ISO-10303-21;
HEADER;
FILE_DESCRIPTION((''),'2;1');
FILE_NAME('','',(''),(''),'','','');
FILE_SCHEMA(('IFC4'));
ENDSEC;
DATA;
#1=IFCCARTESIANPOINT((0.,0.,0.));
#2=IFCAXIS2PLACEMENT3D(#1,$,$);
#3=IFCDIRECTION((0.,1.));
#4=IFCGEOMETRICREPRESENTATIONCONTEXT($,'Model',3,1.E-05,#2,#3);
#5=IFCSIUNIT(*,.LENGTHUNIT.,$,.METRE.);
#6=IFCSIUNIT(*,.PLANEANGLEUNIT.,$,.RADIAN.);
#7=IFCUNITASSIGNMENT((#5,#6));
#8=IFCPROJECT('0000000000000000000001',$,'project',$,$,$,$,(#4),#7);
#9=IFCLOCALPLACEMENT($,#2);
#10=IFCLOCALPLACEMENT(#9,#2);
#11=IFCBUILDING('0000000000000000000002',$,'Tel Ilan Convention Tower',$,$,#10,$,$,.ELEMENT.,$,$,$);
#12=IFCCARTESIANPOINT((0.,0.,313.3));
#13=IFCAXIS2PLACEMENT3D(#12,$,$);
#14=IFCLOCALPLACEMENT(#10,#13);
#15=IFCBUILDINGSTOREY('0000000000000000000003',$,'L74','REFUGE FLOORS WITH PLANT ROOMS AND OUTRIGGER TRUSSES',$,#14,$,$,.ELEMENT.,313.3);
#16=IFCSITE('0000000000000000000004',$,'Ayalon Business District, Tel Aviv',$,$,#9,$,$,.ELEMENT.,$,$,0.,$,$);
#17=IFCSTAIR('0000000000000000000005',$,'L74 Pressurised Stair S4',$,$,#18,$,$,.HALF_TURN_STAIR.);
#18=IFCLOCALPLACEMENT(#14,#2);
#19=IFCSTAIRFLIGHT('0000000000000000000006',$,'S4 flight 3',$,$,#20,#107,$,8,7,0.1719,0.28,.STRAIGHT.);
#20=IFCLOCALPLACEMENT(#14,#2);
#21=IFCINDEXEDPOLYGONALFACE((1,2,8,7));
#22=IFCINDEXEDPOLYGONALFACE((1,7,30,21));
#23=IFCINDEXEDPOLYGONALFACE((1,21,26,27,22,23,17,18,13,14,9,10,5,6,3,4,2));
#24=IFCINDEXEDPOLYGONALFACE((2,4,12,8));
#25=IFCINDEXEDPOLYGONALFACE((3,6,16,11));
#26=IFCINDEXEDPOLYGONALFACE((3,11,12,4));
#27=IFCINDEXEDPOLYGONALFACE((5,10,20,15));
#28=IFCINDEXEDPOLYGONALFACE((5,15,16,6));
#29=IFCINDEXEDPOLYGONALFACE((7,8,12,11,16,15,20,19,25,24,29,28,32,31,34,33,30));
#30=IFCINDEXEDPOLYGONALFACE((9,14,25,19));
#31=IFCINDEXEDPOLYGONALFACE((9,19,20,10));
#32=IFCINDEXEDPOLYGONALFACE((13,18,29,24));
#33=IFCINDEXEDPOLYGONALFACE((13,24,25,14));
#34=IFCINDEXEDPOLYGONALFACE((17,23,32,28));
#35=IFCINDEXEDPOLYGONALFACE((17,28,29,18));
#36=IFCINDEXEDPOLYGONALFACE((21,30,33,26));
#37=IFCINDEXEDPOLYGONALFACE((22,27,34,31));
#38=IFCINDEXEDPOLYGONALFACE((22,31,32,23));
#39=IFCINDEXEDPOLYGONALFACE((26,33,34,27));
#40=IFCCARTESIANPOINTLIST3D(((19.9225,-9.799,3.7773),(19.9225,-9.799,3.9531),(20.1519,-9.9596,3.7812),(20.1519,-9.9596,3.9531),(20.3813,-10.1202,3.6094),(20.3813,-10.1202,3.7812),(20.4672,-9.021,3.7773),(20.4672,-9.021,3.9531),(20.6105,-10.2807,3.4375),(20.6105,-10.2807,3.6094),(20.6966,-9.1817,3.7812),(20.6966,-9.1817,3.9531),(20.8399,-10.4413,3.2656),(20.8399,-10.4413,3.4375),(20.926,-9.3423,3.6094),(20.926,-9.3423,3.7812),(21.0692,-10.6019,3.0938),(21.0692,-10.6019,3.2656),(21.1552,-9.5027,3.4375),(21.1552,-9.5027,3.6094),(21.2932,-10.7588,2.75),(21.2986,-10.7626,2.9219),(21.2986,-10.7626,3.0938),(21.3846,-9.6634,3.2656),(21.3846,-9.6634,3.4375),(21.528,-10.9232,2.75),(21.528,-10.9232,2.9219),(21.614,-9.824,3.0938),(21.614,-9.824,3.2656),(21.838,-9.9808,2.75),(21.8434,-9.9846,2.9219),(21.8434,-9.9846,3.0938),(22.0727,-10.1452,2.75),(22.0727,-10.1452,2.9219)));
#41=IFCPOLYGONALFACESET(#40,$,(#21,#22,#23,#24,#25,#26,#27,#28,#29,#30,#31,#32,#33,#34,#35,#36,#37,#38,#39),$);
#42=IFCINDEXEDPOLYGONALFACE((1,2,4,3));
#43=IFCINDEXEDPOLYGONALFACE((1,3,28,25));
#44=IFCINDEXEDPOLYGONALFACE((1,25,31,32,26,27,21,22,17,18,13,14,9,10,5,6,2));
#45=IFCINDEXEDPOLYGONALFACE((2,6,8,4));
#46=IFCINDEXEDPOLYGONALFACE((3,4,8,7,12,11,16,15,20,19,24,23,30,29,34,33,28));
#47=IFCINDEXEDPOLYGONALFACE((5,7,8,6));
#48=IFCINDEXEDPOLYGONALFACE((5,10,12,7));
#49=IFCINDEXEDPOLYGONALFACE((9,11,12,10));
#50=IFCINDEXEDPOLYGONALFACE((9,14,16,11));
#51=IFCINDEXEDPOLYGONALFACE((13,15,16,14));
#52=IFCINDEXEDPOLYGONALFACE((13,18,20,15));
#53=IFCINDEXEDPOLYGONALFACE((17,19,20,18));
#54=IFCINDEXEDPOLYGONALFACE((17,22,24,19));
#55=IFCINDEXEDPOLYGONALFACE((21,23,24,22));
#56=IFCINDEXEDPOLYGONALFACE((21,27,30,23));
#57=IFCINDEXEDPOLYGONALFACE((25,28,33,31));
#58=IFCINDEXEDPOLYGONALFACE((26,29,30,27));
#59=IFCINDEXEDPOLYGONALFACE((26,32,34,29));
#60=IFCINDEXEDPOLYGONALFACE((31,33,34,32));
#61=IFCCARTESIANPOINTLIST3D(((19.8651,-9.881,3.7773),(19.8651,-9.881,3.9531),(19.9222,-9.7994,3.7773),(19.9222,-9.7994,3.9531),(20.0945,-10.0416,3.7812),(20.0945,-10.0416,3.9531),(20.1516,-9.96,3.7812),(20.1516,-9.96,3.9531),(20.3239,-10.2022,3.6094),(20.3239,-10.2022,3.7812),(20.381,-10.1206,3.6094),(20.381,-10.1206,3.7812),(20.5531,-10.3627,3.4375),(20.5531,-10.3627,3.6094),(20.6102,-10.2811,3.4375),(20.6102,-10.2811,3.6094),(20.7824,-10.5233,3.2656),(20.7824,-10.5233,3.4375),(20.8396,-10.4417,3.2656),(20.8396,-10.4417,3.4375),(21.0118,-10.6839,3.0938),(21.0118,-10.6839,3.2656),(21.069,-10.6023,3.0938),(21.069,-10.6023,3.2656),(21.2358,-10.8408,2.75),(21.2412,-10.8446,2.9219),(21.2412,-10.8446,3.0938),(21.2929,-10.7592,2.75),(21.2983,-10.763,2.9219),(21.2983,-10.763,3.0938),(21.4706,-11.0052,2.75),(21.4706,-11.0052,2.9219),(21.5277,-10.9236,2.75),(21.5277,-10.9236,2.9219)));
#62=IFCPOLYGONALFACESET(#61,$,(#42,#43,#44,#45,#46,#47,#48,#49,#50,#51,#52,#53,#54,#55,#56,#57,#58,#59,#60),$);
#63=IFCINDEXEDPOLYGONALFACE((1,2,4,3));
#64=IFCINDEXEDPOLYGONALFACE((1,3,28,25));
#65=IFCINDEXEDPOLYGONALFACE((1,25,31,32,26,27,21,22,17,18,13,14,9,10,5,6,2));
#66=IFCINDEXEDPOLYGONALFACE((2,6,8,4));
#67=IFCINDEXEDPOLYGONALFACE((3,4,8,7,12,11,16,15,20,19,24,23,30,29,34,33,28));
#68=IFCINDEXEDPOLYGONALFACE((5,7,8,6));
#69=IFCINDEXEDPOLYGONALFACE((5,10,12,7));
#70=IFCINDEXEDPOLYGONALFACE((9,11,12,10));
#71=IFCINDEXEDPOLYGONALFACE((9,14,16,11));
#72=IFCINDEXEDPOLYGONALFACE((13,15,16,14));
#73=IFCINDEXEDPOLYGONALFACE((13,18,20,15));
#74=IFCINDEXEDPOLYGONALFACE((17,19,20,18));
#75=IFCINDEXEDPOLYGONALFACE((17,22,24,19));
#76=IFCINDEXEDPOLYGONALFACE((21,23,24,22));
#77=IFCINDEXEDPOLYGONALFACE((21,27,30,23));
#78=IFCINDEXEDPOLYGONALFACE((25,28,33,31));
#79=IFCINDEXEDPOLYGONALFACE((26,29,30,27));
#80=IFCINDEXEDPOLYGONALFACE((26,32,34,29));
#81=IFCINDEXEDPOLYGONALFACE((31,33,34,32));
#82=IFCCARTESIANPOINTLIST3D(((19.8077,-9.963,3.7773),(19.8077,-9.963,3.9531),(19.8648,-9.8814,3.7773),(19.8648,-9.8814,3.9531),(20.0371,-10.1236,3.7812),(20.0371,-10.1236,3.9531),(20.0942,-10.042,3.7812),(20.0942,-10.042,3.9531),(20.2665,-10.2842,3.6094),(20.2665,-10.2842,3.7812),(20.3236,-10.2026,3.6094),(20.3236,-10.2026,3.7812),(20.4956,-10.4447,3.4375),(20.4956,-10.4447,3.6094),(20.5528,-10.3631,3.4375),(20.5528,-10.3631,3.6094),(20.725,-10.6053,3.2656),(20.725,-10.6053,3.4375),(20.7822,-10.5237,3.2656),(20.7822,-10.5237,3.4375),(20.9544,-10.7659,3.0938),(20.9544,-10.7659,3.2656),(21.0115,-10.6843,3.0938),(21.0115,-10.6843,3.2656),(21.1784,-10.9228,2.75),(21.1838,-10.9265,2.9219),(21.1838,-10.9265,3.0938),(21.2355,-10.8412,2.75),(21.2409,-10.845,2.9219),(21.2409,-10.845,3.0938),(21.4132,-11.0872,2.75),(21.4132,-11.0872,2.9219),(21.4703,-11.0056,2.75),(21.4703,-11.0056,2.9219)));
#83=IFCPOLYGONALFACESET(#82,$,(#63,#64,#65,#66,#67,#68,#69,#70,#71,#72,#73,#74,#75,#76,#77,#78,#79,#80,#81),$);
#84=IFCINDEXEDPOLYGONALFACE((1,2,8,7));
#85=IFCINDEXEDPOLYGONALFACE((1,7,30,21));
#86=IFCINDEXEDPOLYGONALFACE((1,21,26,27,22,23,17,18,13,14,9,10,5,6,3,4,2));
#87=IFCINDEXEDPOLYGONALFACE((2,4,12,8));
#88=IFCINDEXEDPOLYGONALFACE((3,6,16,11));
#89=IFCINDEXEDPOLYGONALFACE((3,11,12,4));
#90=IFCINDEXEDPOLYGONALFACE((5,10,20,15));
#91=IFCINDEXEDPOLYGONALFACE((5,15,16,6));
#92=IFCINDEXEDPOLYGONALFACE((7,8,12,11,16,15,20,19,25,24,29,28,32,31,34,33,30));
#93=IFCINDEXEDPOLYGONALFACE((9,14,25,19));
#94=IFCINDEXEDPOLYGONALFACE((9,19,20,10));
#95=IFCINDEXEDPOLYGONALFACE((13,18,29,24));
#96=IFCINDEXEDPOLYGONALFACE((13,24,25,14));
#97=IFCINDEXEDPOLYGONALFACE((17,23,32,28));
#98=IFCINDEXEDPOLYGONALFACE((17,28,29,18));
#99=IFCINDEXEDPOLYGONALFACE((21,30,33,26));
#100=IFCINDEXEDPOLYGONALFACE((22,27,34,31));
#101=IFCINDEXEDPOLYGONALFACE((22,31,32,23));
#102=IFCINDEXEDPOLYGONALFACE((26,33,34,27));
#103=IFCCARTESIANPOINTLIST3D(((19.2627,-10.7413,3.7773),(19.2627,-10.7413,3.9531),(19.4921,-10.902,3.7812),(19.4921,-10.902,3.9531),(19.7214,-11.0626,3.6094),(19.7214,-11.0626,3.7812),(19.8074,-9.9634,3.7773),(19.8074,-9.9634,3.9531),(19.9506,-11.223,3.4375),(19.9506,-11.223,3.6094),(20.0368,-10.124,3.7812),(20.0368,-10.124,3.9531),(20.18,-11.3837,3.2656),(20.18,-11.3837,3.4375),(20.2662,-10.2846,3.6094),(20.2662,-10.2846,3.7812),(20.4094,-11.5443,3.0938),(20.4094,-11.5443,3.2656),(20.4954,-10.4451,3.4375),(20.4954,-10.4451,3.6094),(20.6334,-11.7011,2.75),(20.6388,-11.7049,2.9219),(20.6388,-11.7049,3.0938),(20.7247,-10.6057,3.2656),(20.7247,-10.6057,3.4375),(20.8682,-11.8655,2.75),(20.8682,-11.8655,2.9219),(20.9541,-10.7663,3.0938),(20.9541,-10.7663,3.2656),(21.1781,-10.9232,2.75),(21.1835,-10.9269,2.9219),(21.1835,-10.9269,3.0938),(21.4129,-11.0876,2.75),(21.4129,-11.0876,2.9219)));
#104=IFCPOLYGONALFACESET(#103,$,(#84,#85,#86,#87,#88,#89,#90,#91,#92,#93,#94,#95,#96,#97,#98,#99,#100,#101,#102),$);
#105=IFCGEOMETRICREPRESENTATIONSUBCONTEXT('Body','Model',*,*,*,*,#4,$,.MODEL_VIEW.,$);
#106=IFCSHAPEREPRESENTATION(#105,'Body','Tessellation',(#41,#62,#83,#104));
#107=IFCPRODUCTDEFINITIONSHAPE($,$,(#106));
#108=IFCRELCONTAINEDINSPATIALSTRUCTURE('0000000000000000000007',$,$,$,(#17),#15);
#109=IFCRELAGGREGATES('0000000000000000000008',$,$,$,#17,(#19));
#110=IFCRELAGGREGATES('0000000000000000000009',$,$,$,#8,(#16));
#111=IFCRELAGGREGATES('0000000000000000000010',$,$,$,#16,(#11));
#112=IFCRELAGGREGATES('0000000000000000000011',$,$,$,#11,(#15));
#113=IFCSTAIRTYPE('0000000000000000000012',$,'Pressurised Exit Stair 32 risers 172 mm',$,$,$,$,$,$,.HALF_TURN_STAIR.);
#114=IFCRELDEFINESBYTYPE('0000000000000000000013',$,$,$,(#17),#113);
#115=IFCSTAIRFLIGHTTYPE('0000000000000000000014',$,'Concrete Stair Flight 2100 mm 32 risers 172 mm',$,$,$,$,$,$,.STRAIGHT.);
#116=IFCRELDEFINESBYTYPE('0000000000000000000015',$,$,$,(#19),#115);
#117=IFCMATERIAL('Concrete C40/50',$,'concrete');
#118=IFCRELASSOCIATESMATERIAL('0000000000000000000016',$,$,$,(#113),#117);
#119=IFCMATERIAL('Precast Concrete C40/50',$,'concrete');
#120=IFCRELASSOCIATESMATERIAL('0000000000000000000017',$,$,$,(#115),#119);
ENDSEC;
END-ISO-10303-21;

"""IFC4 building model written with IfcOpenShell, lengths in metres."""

from ifc_helpers import new_model, si_unit, direction, frame, origin, place, context, subcontext, project, spatial, polyline, outline, extrude, material, type_object, element, aggregate, save


model = new_model("IFC4")

# Units and contexts
model_context = context("Model", 3, precision=1e-05, world=origin(), true_north=direction((0.0, 1.0)))
body_context = subcontext(model_context, "Body", "Model", "MODEL_VIEW")
ifc_project = project(units=[si_unit("LENGTHUNIT", "METRE"), si_unit("PLANEANGLEUNIT", "RADIAN")], contexts=[model_context])

# Site, building, storey
site_placement = place(None, origin())
site = spatial("IfcSite", under=ifc_project, at=site_placement, Name="Ayalon Business District, Tel Aviv", CompositionType="ELEMENT", RefElevation=0.0)
building_placement = place(site_placement, origin())
building = spatial("IfcBuilding", under=site, at=building_placement, Name="Tel Ilan Convention Tower", CompositionType="ELEMENT")
storey_placement = place(building_placement, frame((0.0, 0.0, 313.3)))
storey = spatial("IfcBuildingStorey", under=building, at=storey_placement, Name="L74", Description="REFUGE FLOORS WITH PLANT ROOMS AND OUTRIGGER TRUSSES", CompositionType="ELEMENT", Elevation=313.3)

# Stair, stair flight
ifc_material_1 = material(Name="Concrete C40/50", Category="concrete")
stair_type = type_object("IfcStairType", Name="Pressurised Exit Stair 32 risers 172 mm", PredefinedType="HALF_TURN_STAIR", material=ifc_material_1)
stair_placement = place(storey_placement, origin())
stair = element("IfcStair", 1, at=stair_placement, inside=storey, type_object=stair_type, Name="L74 Pressurised Stair S4", PredefinedType="HALF_TURN_STAIR")
ifc_material_2 = material(Name="Precast Concrete C40/50", Category="concrete")
stair_flight_type = type_object("IfcStairFlightType", Name="Concrete Stair Flight 2100 mm 32 risers 172 mm", PredefinedType="STRAIGHT", material=ifc_material_2)
stair_flight_1_placement = place(storey_placement, frame((21.4705, -11.0054, 2.75), z_axis=(0.0, 0.0, 1.0), x_axis=(-0.819152, 0.573576, 0.0)))
stair_flight_1 = element("IfcStairFlight", 2, at=stair_flight_1_placement, type_object=stair_flight_type, Name="S4 flight 3", NumberOfRisers=8, NumberOfTreads=7, PredefinedType="STRAIGHT", RiserHeight=0.1719, TreadLength=0.28, context=body_context, shape_type="SweptSolid", body=[
    extrude(outline(polyline([(0.0, 0.0), (0.0, 0.1719), (0.28, 0.1719), (0.28, 0.3438), (0.5601, 0.3438), (0.5601, 0.5156), (0.8401, 0.5156), (0.8401, 0.6875), (1.1201, 0.6875), (1.1201, 0.8594), (1.3999, 0.8594), (1.3999, 1.0312), (1.6799, 1.0312), (1.6799, 1.2031), (1.96, 1.2031), (1.96, 1.375), (1.96, 1.0273), (0.2866, 0.0), (0.0, 0.0)])), frame((0.0, -0.1003, 0.0), z_axis=(0.0, -1.0, 0.0), x_axis=(1.0, 0.0, 0.0)), (0.0, 0.0, 1.0), 0.9497),
    extrude(outline(polyline([(0.0, 0.0), (0.0, 0.1719), (0.28, 0.1719), (0.28, 0.3438), (0.5601, 0.3438), (0.5601, 0.5156), (0.8401, 0.5156), (0.8401, 0.6875), (1.1201, 0.6875), (1.1201, 0.8594), (1.3999, 0.8594), (1.3999, 1.0312), (1.6799, 1.0312), (1.6799, 1.2031), (1.96, 1.2031), (1.96, 1.375), (1.96, 1.0273), (0.2866, 0.0), (0.0, 0.0)])), frame((0.0, -0.0002, 0.0), z_axis=(0.0, -1.0, 0.0), x_axis=(1.0, 0.0, 0.0)), (0.0, 0.0, 1.0), 0.0996),
    extrude(outline(polyline([(0.0, 0.0), (0.0, 0.1719), (0.28, 0.1719), (0.28, 0.3438), (0.5601, 0.3438), (0.5601, 0.5156), (0.8401, 0.5156), (0.8401, 0.6875), (1.1201, 0.6875), (1.1201, 0.8594), (1.3999, 0.8594), (1.3999, 1.0312), (1.6799, 1.0312), (1.6799, 1.2031), (1.96, 1.2031), (1.96, 1.375), (1.96, 1.0273), (0.2866, 0.0), (0.0, 0.0)])), frame((0.0, 0.0999, 0.0), z_axis=(0.0, -1.0, 0.0), x_axis=(1.0, 0.0, 0.0)), (0.0, 0.0, 1.0), 0.0996),
    extrude(outline(polyline([(0.0, 0.0), (0.0, 0.1719), (0.28, 0.1719), (0.28, 0.3438), (0.5601, 0.3438), (0.5601, 0.5156), (0.8401, 0.5156), (0.8401, 0.6875), (1.1201, 0.6875), (1.1201, 0.8594), (1.3999, 0.8594), (1.3999, 1.0312), (1.6799, 1.0312), (1.6799, 1.2031), (1.96, 1.2031), (1.96, 1.375), (1.96, 1.0273), (0.2866, 0.0), (0.0, 0.0)])), frame((0.0, 1.05, 0.0), z_axis=(0.0, -1.0, 0.0), x_axis=(1.0, 0.0, 0.0)), (0.0, 0.0, 1.0), 0.9497),
])
aggregate(stair, [stair_flight_1])

save(model, "model.ifc")
